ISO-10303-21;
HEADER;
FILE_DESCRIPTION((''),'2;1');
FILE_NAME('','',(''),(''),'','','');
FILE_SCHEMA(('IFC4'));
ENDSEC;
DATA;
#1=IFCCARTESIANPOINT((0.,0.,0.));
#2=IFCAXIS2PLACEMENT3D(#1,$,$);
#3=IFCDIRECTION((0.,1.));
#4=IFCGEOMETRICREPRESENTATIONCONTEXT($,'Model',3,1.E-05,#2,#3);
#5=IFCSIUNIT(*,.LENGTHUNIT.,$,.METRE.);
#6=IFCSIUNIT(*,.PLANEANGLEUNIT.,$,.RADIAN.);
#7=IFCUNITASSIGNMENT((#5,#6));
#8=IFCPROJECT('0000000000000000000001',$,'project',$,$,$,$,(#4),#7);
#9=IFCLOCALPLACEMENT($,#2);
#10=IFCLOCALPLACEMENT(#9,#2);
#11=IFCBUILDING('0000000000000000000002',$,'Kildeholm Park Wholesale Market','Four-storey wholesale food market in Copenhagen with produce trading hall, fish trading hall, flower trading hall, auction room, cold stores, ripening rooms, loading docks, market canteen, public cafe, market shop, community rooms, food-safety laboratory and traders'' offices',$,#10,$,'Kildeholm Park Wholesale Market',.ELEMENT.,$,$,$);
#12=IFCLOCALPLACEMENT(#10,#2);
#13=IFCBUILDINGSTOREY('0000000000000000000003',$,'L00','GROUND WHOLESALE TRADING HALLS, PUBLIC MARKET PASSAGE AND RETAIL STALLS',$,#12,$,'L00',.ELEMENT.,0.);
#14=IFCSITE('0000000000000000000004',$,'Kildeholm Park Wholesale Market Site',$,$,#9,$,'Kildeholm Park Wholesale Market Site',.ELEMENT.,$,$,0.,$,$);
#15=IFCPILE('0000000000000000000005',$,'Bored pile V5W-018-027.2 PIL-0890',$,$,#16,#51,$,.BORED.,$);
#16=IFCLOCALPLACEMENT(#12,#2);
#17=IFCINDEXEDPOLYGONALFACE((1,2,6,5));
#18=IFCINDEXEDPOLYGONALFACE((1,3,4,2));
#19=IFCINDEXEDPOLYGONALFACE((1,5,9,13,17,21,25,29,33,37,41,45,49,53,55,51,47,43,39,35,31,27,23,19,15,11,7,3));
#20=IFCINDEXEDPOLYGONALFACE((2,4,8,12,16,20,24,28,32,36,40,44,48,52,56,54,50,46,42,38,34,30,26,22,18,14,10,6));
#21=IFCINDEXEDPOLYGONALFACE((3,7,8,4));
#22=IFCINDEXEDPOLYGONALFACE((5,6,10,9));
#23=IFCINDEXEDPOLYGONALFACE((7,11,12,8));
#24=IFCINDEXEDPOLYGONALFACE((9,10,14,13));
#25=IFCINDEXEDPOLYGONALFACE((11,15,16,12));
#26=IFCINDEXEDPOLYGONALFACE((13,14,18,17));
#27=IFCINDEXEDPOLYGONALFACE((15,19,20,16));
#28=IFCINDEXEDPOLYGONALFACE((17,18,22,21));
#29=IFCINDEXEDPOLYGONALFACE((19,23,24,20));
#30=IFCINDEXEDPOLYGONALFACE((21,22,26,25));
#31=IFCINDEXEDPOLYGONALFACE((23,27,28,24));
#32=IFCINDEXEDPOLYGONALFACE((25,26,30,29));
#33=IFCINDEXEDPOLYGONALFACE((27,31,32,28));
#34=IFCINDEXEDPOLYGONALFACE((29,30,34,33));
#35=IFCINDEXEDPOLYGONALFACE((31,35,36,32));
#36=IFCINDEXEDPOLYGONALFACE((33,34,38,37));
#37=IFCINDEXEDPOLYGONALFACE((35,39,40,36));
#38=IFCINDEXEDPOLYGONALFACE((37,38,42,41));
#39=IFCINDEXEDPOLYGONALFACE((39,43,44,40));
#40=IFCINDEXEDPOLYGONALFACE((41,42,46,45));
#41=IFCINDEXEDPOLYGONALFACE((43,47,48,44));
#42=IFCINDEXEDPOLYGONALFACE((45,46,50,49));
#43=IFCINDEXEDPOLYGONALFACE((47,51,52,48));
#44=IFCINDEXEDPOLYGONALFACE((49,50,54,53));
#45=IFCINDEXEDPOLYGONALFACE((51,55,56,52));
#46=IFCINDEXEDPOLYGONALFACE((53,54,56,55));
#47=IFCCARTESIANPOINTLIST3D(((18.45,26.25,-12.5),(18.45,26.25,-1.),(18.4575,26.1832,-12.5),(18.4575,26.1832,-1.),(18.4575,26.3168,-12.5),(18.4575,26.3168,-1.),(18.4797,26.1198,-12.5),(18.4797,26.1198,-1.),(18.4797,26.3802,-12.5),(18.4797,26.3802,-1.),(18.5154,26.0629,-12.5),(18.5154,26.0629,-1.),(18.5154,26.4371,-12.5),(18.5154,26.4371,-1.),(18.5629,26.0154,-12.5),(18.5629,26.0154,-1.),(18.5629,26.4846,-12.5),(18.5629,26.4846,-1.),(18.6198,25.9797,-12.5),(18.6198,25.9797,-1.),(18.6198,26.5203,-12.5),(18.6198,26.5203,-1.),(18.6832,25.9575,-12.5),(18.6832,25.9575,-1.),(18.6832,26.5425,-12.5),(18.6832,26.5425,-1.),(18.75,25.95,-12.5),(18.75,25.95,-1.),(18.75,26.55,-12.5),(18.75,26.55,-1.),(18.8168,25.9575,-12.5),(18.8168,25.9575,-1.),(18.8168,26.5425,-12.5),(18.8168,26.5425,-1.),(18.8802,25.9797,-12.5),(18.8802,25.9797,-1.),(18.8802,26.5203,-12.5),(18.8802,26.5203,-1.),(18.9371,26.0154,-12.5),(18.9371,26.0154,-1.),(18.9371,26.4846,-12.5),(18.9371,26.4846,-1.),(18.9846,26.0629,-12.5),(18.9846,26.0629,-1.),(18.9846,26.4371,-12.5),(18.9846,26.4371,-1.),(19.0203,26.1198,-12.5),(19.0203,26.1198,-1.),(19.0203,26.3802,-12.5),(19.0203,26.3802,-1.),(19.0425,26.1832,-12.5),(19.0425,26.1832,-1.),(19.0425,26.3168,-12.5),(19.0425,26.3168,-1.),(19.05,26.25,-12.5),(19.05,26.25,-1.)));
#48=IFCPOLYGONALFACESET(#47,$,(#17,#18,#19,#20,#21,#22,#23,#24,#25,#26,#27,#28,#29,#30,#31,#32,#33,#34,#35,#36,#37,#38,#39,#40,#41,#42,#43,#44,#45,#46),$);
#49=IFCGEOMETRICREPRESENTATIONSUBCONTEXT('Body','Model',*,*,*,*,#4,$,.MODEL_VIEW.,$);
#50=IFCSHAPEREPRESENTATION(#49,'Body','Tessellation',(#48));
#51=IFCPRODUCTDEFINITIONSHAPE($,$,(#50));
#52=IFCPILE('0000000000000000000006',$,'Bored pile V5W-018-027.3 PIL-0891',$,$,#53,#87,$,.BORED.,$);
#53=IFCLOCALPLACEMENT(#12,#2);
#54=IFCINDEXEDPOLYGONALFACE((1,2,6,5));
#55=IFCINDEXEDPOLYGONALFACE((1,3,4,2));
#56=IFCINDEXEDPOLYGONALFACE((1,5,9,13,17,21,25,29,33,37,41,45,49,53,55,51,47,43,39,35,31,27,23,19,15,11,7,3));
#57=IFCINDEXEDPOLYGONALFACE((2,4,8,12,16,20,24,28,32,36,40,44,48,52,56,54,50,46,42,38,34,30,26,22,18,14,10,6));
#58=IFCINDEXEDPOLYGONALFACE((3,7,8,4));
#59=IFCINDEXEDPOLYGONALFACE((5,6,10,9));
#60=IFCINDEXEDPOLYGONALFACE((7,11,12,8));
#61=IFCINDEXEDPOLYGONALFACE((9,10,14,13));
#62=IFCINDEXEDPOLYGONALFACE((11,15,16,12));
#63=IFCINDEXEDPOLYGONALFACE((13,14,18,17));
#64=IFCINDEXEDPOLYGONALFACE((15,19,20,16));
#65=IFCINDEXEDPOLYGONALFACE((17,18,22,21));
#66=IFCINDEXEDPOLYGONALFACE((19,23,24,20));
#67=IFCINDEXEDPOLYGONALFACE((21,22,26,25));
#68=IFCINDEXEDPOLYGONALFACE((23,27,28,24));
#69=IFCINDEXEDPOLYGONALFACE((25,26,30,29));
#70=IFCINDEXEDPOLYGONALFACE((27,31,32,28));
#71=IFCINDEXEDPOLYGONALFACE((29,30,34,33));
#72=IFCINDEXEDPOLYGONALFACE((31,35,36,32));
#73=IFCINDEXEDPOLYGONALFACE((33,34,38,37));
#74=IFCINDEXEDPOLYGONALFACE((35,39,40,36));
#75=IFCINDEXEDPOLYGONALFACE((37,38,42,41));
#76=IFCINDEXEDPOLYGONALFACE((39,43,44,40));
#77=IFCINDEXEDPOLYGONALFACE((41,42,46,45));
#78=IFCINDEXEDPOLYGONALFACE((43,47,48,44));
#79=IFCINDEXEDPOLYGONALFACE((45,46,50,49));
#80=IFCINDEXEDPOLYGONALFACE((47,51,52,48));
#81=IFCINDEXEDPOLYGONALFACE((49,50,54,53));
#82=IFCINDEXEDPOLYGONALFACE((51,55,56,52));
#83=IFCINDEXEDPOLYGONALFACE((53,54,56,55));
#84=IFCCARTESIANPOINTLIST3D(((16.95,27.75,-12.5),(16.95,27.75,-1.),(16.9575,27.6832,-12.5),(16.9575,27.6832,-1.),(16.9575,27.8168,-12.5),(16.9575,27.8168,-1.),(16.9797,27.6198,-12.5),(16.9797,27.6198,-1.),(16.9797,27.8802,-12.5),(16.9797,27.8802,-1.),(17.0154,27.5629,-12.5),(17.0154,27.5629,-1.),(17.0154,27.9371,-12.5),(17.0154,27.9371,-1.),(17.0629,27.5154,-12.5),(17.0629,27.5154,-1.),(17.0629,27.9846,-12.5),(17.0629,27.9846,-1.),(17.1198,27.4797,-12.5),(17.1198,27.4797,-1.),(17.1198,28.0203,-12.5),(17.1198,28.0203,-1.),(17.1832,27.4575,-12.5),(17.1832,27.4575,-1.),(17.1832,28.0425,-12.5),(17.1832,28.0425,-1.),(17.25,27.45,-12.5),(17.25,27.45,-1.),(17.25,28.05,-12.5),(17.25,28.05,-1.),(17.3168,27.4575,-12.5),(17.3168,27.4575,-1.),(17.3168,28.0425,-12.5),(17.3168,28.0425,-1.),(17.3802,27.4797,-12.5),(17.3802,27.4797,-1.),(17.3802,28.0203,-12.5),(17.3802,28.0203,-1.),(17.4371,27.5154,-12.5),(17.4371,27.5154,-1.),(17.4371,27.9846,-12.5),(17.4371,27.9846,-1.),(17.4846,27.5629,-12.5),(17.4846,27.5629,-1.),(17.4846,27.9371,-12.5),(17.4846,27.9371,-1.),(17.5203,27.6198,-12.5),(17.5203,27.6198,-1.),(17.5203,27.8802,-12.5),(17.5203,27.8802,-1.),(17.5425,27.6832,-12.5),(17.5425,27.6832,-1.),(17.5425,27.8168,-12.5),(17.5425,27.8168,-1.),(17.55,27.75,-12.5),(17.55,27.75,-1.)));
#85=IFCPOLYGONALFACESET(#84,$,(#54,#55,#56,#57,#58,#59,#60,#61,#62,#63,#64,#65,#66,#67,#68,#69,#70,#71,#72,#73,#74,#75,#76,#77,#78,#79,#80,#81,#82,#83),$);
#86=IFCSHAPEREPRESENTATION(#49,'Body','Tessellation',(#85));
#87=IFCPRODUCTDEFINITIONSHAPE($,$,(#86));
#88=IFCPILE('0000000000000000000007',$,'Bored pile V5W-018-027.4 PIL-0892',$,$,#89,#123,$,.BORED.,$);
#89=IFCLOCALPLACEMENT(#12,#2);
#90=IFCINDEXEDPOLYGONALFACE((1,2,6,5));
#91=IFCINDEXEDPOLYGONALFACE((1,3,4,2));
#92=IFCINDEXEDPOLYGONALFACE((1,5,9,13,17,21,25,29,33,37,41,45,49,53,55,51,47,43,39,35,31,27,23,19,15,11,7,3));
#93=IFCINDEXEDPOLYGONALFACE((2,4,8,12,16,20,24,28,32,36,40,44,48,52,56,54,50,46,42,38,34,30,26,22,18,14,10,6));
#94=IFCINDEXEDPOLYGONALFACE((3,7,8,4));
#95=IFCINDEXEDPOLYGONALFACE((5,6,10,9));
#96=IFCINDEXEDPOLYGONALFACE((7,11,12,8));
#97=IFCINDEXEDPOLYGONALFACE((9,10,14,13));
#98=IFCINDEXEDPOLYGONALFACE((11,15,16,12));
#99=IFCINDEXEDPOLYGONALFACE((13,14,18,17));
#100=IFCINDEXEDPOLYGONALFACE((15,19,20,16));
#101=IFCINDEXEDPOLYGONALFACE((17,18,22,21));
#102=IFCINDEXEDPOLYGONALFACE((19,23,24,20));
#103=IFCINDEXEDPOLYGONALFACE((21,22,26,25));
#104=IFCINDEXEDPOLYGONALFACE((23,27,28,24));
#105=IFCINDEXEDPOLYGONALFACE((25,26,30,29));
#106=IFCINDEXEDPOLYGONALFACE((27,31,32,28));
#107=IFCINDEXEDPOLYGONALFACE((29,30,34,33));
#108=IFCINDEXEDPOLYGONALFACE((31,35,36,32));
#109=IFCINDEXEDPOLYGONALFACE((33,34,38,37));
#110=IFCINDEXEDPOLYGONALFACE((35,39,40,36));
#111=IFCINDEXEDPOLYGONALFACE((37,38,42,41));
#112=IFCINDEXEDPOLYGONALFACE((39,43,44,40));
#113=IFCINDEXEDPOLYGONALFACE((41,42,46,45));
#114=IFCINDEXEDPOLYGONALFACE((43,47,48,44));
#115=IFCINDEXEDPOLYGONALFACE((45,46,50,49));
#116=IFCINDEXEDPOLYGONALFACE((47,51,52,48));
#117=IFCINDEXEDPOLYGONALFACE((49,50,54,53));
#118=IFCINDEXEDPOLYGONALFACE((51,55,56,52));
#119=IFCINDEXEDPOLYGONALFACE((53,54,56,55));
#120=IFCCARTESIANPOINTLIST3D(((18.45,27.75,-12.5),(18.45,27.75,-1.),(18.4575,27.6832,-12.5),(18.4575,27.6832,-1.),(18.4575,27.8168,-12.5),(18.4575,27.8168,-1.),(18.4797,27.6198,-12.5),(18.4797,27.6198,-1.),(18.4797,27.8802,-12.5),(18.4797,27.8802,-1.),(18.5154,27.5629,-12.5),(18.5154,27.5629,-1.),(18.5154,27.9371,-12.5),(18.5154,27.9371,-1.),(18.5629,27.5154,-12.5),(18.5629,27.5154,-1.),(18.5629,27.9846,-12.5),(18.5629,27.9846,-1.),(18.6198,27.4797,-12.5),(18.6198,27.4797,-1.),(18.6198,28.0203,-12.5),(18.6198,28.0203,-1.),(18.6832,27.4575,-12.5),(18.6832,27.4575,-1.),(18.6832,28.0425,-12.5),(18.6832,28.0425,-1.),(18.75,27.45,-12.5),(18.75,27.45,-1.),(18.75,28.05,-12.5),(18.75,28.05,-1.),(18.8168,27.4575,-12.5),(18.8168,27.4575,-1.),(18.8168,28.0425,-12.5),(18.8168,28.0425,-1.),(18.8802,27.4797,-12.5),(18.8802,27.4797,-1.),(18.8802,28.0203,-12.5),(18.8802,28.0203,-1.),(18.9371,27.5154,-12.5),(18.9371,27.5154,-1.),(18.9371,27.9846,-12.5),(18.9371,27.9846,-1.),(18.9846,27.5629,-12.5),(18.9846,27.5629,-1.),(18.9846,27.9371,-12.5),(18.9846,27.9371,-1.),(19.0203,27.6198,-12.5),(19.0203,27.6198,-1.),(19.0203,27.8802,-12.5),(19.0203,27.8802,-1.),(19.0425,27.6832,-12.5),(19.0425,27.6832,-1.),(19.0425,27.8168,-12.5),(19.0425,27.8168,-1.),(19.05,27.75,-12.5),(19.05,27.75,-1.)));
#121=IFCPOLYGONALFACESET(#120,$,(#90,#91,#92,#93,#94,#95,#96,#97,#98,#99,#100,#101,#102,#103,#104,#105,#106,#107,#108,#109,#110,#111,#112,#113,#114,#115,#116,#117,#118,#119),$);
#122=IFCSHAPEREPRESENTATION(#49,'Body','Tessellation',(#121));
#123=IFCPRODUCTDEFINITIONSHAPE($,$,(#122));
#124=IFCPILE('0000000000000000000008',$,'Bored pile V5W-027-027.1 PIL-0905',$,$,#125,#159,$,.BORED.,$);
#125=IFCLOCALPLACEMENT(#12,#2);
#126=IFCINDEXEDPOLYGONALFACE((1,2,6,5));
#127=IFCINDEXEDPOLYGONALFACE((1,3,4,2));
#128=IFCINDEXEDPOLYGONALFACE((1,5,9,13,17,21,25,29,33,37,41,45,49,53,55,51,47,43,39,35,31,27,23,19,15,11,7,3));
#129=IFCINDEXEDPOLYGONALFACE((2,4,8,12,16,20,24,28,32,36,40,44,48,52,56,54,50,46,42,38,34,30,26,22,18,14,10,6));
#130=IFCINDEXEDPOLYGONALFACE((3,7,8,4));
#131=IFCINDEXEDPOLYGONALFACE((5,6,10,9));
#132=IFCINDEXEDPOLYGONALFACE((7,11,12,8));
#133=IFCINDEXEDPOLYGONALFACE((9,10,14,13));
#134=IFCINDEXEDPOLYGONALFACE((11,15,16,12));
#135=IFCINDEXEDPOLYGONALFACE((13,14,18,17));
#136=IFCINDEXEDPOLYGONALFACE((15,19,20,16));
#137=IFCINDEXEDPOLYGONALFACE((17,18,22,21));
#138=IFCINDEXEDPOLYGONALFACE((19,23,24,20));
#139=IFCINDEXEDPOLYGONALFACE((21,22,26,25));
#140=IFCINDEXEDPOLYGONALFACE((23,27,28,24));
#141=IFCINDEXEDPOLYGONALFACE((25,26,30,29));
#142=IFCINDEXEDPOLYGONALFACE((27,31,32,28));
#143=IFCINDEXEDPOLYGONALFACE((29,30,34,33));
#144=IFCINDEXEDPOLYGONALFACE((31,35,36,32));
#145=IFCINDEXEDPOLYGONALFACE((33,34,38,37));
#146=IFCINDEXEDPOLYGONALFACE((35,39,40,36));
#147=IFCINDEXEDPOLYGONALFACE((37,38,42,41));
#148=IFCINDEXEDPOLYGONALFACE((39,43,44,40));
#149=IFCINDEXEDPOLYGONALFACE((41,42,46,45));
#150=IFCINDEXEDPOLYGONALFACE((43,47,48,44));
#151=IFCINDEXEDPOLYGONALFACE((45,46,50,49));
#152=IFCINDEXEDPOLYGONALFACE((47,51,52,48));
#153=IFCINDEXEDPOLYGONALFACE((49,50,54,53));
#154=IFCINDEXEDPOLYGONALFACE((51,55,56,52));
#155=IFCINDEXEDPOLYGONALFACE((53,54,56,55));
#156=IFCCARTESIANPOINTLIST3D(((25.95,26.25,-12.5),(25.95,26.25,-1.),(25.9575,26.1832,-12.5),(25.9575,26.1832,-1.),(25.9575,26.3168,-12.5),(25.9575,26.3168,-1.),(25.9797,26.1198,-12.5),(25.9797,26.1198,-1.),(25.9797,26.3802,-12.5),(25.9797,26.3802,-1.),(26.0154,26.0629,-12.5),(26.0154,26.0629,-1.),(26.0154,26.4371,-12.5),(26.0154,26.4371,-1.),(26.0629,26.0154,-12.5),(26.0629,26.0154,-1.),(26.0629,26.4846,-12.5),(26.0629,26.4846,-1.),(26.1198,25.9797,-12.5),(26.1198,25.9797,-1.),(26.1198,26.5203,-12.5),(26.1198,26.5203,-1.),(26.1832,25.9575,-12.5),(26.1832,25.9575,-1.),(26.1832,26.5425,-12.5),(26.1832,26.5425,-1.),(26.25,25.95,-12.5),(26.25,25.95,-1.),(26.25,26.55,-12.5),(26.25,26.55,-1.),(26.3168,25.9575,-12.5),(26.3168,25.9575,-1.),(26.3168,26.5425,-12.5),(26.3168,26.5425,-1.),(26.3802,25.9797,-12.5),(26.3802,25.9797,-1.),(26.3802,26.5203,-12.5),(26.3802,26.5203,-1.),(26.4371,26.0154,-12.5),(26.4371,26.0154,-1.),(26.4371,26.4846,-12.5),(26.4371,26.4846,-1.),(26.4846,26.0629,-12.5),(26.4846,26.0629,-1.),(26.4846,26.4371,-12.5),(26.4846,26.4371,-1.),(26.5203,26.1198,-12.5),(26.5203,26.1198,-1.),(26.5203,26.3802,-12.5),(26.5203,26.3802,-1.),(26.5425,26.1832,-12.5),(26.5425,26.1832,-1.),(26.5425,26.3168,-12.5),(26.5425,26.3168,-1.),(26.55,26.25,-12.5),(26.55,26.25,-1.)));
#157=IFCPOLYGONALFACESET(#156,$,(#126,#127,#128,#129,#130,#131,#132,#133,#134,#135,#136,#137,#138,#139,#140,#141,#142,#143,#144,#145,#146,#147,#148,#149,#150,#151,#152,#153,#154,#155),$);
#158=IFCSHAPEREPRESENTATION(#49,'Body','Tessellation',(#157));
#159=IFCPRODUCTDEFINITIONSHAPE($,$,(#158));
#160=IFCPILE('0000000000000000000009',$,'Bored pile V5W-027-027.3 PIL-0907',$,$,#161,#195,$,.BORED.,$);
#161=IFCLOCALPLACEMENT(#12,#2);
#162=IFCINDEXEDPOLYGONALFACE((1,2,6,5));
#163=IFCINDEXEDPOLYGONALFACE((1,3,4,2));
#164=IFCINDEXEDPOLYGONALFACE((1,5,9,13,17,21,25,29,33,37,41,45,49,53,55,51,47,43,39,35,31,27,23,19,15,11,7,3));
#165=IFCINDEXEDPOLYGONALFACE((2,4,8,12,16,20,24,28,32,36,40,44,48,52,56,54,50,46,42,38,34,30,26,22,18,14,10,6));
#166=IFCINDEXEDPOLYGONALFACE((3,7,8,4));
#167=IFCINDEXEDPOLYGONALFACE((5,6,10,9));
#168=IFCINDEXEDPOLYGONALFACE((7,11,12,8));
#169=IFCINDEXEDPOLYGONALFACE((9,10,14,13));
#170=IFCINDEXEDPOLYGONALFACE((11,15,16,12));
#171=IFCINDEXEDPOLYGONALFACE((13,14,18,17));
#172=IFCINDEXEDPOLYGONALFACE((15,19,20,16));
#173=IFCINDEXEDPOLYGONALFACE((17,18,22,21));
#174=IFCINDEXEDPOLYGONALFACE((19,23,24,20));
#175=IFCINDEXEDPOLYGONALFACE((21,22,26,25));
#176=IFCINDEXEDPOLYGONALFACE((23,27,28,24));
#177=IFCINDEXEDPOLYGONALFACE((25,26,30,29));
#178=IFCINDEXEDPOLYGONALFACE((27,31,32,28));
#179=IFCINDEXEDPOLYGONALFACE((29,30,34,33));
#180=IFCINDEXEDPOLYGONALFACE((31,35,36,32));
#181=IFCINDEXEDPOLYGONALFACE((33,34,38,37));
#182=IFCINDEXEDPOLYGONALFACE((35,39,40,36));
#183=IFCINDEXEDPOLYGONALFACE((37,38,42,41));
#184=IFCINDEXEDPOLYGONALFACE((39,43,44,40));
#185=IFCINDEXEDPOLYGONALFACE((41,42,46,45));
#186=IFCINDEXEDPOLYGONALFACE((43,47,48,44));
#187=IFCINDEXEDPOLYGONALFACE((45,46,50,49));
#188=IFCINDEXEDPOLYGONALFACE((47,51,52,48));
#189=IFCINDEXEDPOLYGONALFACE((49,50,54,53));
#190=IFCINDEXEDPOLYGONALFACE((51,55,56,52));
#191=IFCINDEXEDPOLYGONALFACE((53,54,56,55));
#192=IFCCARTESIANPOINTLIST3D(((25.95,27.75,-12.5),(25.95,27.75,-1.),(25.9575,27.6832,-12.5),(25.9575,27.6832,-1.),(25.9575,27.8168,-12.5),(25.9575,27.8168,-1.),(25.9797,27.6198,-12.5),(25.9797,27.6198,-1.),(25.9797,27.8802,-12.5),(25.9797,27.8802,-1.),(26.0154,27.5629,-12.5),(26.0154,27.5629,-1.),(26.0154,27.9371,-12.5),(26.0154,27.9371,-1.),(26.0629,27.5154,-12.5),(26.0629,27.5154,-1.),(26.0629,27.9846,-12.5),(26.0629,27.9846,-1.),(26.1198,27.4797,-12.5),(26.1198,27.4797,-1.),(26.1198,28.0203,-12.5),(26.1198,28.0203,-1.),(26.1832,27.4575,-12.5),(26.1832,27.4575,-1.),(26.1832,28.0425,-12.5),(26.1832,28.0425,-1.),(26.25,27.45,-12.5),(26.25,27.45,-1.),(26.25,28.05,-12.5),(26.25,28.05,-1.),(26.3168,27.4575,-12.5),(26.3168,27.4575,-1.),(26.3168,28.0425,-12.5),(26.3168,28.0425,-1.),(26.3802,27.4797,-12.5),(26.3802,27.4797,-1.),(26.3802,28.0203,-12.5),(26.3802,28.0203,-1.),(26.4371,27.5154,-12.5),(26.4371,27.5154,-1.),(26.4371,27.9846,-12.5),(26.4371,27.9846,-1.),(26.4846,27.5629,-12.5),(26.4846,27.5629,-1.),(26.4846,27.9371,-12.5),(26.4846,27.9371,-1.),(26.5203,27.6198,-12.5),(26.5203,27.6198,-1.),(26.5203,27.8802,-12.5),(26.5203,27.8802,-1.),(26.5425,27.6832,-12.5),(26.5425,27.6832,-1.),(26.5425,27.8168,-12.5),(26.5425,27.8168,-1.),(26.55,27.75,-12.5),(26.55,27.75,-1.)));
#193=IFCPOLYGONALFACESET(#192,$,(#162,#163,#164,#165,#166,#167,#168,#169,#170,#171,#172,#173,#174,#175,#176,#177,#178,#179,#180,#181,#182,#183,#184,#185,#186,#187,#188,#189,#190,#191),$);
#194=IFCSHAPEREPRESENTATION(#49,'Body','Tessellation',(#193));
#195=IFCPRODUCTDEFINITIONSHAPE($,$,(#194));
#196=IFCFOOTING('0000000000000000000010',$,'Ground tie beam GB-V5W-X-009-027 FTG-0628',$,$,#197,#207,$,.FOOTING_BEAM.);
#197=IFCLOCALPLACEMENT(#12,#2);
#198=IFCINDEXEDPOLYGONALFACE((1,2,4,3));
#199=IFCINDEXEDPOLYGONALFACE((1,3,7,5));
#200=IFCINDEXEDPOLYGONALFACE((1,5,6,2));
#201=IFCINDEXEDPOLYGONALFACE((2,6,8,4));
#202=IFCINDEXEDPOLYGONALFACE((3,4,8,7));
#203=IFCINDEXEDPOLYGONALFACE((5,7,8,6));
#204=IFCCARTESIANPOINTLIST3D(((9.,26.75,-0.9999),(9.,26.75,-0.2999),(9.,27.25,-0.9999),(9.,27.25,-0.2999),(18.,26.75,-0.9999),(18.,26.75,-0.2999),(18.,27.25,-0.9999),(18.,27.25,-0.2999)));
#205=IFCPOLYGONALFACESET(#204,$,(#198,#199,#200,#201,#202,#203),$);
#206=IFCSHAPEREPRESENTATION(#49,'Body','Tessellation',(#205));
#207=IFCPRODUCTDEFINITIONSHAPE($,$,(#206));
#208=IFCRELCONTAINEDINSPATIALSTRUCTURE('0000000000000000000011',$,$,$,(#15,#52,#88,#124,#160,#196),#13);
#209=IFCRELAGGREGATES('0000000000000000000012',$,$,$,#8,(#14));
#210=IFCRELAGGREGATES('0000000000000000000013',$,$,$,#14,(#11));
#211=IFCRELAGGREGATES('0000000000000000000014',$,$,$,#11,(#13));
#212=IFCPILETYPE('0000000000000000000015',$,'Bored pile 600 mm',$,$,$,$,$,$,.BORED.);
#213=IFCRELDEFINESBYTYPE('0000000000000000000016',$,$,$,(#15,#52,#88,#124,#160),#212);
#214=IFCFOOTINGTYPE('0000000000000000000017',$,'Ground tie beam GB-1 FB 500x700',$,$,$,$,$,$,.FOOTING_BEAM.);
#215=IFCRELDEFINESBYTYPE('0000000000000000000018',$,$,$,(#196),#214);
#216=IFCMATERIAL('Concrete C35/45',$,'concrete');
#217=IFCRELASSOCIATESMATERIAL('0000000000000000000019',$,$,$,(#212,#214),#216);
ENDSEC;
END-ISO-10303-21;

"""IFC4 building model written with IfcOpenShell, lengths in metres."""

from ifc_helpers import new_model, si_unit, direction, frame, origin, origin_2d, place, context, subcontext, project, spatial, rectangle, circle, extrude, material, material_profile, profile_set, type_object, element, save


model = new_model("IFC4")

# Units and contexts
model_context = context("Model", 3, precision=1e-05, world=origin(), true_north=direction((0.0, 1.0)))
body_context = subcontext(model_context, "Body", "Model", "MODEL_VIEW")
ifc_project = project(units=[si_unit("LENGTHUNIT", "METRE"), si_unit("PLANEANGLEUNIT", "RADIAN")], contexts=[model_context])

# Site, building, storey
site_placement = place(None, origin())
site = spatial("IfcSite", under=ifc_project, at=site_placement, Name="Kildeholm Park Wholesale Market Site", LongName="Kildeholm Park Wholesale Market Site", CompositionType="ELEMENT", RefElevation=0.0)
building_placement = place(site_placement, origin())
building = spatial("IfcBuilding", under=site, at=building_placement, Name="Kildeholm Park Wholesale Market", Description="Four-storey wholesale food market in Copenhagen with produce trading hall, fish trading hall, flower trading hall, auction room, cold stores, ripening rooms, loading docks, market canteen, public cafe, market shop, community rooms, food-safety laboratory and traders' offices", LongName="Kildeholm Park Wholesale Market", CompositionType="ELEMENT")
storey_placement = place(building_placement, origin())
storey = spatial("IfcBuildingStorey", under=building, at=storey_placement, Name="L00", Description="GROUND WHOLESALE TRADING HALLS, PUBLIC MARKET PASSAGE AND RETAIL STALLS", LongName="L00", CompositionType="ELEMENT", Elevation=0.0)

# Piles
ifc_material_1 = material(Name="Concrete C35/45", Category="concrete")
ifc_material_profile_1 = material_profile(ifc_material_1, circle(Radius=0.3, at=origin_2d()), Name="PILE D600")
ifc_profile_set_1 = profile_set([ifc_material_profile_1], Name="Concrete C35/45")
pile_type = type_object("IfcPileType", Name="Bored pile 600 mm", PredefinedType="BORED", material=ifc_profile_set_1)
for number, where, z_axis, x_axis, name in (
    (1, (18.75, 26.25, -1.0), (0.0, 0.0, -1.0), (1.0, 0.0, 0.0), "Bored pile V5W-018-027.2 PIL-0890"),
    (2, (17.25, 27.75, -1.0), (0.0, 0.0, -1.0), (1.0, 0.0, 0.0), "Bored pile V5W-018-027.3 PIL-0891"),
    (3, (18.75, 27.75, -1.0), (0.0, 0.0, -1.0), (1.0, 0.0, 0.0), "Bored pile V5W-018-027.4 PIL-0892"),
    (4, (26.25, 26.25, -1.0), (0.0, 0.0, -1.0), (1.0, 0.0, 0.0), "Bored pile V5W-027-027.1 PIL-0905"),
    (5, (26.25, 27.75, -1.0), (0.0, 0.0, -1.0), (1.0, 0.0, 0.0), "Bored pile V5W-027-027.3 PIL-0907"),
):
    element("IfcPile", number, at=place(storey_placement, frame(where, z_axis=z_axis, x_axis=x_axis)), inside=storey, type_object=pile_type, Name=name, PredefinedType="BORED", context=body_context, shape_type="SweptSolid", body=[
        extrude(circle(Radius=0.3, at=origin_2d()), origin(), (0.0, 0.0, 1.0), 11.5),
    ])

# Footing
ifc_material_profile_2 = material_profile(ifc_material_1, rectangle(XDim=0.5, YDim=0.7, at=origin_2d()), Name="FB 500x700")
ifc_profile_set_2 = profile_set([ifc_material_profile_2], Name="Concrete C35/45")
footing_type_1 = type_object("IfcFootingType", Name="Ground tie beam GB-1 FB 500x700", PredefinedType="FOOTING_BEAM", material=ifc_profile_set_2)
for number, where, z_axis, x_axis, name in (
    (6, (9.0, 27.0, -0.6499), (1.0, 0.0, 0.0), (0.0, 1.0, 0.0), "Ground tie beam GB-V5W-X-009-027 FTG-0628"),
):
    element("IfcFooting", number, at=place(storey_placement, frame(where, z_axis=z_axis, x_axis=x_axis)), inside=storey, type_object=footing_type_1, Name=name, PredefinedType="FOOTING_BEAM", context=body_context, shape_type="SweptSolid", body=[
        extrude(rectangle(XDim=0.5, YDim=0.7, at=origin_2d()), origin(), (0.0, 0.0, 1.0), 9.0),
    ])

save(model, "model.ifc")
